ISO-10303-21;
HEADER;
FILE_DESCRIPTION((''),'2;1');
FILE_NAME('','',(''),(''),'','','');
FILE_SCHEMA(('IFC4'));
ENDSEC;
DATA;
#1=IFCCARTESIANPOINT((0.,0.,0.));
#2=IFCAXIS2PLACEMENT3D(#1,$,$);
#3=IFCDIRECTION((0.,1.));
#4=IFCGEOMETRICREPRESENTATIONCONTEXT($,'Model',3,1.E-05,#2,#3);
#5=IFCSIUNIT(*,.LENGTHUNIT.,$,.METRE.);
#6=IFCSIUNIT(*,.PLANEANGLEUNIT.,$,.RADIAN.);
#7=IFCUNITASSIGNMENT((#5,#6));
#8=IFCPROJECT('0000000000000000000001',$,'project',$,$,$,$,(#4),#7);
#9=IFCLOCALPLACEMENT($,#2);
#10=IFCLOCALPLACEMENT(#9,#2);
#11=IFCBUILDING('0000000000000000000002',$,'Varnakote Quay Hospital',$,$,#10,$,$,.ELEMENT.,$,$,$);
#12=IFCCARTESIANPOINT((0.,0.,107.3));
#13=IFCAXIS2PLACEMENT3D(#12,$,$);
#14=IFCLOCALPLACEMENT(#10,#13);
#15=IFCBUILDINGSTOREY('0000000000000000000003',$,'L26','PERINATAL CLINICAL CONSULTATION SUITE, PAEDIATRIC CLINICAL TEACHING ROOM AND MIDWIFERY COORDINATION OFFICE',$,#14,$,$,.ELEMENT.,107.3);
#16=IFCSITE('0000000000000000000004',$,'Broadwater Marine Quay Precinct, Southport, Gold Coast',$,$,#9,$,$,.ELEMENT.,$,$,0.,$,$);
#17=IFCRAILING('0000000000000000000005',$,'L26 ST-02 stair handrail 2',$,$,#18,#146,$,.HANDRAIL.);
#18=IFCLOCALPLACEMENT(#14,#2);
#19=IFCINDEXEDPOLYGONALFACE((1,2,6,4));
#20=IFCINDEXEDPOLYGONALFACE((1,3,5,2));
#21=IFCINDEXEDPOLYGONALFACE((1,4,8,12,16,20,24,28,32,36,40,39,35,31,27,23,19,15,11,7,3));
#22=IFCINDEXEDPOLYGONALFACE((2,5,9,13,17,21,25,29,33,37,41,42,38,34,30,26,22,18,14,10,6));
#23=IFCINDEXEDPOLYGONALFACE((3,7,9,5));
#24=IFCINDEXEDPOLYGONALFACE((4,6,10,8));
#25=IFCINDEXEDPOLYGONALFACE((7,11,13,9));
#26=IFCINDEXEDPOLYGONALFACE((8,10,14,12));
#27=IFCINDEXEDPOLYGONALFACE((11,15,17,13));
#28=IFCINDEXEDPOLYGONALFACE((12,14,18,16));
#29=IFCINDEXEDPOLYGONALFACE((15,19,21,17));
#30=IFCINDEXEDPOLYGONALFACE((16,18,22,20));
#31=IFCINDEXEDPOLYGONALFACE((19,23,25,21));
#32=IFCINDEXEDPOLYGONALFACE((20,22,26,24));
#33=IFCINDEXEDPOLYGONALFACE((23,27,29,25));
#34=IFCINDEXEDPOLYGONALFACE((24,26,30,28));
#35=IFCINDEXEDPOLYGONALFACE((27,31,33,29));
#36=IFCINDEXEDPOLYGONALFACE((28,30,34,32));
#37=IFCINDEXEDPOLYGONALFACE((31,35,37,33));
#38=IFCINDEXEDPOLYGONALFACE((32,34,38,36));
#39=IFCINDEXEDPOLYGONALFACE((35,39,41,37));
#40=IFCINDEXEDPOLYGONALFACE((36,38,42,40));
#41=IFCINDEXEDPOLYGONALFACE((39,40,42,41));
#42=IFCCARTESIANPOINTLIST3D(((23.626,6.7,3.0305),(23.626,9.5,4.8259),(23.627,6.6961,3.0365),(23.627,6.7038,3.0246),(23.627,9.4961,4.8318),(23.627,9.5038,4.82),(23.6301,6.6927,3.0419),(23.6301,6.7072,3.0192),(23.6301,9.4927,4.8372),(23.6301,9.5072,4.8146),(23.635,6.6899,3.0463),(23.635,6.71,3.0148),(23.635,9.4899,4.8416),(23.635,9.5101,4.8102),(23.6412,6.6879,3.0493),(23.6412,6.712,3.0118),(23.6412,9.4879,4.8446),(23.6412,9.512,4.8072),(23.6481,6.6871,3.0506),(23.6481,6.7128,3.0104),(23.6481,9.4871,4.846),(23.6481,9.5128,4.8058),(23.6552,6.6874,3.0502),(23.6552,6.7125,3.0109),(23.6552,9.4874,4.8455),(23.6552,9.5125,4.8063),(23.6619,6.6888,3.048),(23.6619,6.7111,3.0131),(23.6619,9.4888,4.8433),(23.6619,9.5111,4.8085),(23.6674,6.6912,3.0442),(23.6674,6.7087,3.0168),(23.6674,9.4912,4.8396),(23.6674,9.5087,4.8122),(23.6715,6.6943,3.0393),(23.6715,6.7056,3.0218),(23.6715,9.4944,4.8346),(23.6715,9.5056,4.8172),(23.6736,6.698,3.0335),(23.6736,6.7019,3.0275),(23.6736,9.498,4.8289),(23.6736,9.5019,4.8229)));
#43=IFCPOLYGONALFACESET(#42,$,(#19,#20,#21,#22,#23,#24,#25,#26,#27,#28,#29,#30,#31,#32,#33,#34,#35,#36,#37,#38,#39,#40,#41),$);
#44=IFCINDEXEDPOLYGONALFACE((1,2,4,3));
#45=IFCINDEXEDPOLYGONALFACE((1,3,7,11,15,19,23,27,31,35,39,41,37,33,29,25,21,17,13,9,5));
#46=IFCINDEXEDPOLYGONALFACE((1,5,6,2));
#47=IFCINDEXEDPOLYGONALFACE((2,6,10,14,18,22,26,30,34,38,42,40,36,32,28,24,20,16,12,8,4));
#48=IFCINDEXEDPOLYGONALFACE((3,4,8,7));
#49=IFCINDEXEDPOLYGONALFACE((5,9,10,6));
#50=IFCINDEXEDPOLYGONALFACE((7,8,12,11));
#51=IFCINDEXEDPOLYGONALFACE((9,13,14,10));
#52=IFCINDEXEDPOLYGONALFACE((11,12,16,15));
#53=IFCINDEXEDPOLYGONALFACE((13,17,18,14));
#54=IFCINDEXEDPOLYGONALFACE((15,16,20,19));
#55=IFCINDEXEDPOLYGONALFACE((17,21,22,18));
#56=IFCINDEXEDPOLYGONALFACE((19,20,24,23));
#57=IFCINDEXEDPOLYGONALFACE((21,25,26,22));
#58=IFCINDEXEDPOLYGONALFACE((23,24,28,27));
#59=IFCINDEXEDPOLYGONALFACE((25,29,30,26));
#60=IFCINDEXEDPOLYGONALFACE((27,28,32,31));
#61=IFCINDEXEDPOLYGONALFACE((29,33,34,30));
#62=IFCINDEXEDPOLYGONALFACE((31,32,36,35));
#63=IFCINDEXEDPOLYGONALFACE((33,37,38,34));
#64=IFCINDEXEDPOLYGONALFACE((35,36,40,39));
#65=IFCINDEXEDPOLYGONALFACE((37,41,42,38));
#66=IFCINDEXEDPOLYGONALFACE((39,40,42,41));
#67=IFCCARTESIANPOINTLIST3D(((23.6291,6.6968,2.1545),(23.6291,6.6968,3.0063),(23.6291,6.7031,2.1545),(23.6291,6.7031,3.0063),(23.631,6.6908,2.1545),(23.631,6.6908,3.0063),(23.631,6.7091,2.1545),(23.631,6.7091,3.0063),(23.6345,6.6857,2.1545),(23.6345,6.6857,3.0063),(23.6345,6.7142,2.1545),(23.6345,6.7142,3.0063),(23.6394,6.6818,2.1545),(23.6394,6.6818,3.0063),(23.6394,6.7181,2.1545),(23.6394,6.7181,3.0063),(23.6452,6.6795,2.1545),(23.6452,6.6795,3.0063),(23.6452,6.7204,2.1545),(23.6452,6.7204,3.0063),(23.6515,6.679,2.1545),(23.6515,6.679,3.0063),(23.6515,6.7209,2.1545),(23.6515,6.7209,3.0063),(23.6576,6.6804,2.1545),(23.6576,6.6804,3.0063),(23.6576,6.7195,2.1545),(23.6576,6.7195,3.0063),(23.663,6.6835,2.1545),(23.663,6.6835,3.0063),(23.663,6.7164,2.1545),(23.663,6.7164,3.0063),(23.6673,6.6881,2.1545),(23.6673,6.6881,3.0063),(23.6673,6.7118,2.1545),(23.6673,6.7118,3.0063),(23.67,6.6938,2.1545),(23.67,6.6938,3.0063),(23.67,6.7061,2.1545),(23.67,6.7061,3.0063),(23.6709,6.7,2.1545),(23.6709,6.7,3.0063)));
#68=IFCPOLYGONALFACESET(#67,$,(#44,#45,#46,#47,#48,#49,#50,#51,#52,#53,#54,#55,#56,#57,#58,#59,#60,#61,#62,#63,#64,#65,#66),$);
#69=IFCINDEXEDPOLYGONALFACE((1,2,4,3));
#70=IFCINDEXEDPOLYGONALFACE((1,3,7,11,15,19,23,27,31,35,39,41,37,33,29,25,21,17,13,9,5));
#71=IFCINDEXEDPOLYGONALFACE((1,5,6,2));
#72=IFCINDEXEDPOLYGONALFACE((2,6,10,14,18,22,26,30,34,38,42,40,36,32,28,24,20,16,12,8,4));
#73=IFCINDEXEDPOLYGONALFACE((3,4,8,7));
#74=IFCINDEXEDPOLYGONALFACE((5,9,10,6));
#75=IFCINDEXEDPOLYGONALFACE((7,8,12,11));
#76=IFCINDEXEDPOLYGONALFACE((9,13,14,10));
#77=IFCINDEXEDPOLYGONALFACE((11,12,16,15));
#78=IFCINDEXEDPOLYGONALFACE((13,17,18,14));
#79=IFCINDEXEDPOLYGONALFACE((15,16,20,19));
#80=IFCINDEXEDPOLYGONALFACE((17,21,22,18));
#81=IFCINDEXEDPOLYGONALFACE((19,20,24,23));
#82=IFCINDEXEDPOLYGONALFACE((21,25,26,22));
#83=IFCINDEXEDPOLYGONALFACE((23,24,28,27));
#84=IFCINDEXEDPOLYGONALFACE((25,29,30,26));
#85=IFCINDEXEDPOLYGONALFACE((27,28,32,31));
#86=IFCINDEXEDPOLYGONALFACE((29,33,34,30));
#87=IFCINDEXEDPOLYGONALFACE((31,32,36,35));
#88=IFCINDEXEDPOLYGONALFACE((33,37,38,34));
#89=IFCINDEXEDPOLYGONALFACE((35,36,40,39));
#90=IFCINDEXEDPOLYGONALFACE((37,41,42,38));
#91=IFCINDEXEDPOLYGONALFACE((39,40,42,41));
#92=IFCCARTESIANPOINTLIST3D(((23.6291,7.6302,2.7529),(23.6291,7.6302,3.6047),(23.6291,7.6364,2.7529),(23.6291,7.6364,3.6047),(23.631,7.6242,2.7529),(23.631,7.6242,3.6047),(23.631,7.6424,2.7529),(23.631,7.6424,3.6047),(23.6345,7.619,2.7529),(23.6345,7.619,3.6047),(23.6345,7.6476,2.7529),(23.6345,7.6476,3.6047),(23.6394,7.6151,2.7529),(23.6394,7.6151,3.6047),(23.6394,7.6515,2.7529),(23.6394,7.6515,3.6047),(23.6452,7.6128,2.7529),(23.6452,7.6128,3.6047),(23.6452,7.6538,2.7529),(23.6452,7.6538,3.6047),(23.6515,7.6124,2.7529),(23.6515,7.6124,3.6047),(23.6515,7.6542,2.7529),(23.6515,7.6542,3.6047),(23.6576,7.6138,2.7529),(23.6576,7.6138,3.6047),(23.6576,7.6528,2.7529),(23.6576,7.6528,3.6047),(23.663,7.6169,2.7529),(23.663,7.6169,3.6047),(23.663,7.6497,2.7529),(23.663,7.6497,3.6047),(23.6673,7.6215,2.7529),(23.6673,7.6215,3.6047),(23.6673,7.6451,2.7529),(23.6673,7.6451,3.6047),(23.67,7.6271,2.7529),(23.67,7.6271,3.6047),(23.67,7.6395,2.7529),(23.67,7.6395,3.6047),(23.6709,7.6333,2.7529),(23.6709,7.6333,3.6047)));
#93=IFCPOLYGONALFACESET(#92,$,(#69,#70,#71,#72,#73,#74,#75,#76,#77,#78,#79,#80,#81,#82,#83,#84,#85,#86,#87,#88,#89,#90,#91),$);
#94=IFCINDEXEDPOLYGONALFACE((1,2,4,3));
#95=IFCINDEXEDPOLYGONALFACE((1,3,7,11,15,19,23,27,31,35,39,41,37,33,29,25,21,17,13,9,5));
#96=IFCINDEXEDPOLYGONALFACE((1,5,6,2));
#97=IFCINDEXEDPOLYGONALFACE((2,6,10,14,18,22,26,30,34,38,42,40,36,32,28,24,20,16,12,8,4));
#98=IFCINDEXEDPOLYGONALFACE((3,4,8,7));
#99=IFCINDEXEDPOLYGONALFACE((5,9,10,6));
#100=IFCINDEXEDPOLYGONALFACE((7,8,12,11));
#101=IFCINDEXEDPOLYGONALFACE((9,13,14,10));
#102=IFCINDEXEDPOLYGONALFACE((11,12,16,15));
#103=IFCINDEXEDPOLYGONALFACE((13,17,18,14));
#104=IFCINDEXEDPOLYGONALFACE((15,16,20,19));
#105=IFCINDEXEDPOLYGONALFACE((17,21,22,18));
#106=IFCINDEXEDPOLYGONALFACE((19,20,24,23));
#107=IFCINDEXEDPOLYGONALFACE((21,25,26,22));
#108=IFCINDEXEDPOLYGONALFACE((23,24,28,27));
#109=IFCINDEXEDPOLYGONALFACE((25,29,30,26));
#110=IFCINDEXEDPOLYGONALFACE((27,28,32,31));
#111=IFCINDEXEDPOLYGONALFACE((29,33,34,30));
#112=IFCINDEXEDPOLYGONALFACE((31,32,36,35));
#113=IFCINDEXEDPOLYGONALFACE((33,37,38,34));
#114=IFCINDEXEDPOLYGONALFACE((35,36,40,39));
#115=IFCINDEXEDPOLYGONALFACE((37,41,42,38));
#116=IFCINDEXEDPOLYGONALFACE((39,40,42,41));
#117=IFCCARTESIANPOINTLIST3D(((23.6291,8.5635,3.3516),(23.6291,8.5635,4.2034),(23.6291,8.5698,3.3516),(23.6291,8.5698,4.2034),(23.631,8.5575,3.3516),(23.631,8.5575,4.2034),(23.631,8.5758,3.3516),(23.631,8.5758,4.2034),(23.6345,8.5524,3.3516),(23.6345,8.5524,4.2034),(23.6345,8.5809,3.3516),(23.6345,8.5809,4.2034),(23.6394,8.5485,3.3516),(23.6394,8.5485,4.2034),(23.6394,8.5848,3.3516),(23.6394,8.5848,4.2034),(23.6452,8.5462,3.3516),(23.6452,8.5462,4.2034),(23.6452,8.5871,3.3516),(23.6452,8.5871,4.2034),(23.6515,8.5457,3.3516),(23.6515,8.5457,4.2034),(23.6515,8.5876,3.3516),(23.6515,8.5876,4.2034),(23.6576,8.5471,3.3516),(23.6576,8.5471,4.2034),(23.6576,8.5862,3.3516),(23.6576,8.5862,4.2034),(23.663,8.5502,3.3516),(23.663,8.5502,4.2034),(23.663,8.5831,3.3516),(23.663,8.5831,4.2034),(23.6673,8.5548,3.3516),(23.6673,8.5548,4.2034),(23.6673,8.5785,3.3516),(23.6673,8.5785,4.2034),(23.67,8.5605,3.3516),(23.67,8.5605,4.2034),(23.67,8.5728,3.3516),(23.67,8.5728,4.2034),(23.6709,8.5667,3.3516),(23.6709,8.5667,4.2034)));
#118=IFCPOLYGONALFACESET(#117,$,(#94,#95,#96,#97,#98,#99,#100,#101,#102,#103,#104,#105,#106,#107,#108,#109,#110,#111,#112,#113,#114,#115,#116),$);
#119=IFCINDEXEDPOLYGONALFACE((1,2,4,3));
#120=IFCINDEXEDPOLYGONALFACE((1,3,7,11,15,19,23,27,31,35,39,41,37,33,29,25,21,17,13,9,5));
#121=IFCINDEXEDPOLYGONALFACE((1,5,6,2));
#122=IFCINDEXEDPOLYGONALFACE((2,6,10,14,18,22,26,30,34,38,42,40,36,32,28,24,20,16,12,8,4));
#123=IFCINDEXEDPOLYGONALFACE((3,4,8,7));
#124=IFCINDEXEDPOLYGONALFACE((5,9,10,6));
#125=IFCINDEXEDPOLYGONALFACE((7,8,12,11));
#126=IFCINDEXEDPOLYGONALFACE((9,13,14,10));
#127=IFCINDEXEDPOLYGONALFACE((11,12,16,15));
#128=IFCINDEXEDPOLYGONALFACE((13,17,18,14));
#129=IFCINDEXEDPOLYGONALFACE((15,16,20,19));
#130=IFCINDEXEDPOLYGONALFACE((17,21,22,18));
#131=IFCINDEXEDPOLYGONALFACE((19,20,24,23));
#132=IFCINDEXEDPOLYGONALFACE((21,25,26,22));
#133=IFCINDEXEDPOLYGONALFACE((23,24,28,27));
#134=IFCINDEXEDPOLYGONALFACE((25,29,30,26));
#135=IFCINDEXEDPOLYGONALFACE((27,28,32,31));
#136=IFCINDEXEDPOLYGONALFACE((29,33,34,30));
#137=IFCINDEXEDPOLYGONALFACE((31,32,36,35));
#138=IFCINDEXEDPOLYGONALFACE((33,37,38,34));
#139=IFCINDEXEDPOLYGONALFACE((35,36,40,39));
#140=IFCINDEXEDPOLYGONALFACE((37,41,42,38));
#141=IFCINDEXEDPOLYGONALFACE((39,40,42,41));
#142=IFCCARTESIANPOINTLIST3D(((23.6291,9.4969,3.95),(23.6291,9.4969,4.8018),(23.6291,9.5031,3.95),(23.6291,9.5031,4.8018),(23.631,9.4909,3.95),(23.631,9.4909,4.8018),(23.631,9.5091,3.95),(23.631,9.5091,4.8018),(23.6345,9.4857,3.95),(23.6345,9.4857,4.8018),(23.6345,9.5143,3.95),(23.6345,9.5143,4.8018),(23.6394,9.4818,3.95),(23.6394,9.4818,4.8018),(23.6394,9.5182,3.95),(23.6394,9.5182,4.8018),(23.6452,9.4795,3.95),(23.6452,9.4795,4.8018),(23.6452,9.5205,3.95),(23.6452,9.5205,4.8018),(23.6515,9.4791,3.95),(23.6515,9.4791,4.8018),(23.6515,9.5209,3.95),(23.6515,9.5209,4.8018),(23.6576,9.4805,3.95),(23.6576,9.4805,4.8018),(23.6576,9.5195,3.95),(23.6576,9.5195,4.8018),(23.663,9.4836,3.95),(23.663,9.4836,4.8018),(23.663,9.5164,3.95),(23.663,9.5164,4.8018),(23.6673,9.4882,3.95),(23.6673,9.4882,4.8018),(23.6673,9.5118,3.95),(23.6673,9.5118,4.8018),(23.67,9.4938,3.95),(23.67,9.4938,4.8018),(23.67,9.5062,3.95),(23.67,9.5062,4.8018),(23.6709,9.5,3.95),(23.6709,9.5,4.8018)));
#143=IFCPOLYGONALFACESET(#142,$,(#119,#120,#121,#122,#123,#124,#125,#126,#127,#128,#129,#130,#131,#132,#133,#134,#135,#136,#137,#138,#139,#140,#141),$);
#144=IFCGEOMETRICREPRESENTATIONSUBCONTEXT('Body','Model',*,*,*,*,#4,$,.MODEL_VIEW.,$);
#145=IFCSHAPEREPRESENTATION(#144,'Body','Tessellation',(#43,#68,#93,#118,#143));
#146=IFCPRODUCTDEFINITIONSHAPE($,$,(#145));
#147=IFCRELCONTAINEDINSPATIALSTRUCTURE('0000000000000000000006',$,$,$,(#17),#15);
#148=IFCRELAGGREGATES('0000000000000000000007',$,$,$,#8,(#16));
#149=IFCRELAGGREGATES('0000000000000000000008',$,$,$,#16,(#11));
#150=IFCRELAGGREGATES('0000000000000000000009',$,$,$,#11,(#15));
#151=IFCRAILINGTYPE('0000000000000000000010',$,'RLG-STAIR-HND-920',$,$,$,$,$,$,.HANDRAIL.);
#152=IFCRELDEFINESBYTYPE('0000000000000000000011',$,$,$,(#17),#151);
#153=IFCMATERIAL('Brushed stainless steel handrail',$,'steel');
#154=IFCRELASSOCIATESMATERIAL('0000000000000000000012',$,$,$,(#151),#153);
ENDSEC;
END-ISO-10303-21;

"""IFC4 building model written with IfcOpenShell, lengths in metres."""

from ifc_helpers import new_model, si_unit, direction, frame, origin, origin_2d, place, context, subcontext, project, spatial, circle, extrude, material, type_object, element, save


model = new_model("IFC4")

# Units and contexts
model_context = context("Model", 3, precision=1e-05, world=origin(), true_north=direction((0.0, 1.0)))
body_context = subcontext(model_context, "Body", "Model", "MODEL_VIEW")
ifc_project = project(units=[si_unit("LENGTHUNIT", "METRE"), si_unit("PLANEANGLEUNIT", "RADIAN")], contexts=[model_context])

# Site, building, storey
site_placement = place(None, origin())
site = spatial("IfcSite", under=ifc_project, at=site_placement, Name="Broadwater Marine Quay Precinct, Southport, Gold Coast", CompositionType="ELEMENT", RefElevation=0.0)
building_placement = place(site_placement, origin())
building = spatial("IfcBuilding", under=site, at=building_placement, Name="Varnakote Quay Hospital", CompositionType="ELEMENT")
storey_placement = place(building_placement, frame((0.0, 0.0, 107.3)))
storey = spatial("IfcBuildingStorey", under=building, at=storey_placement, Name="L26", Description="PERINATAL CLINICAL CONSULTATION SUITE, PAEDIATRIC CLINICAL TEACHING ROOM AND MIDWIFERY COORDINATION OFFICE", CompositionType="ELEMENT", Elevation=107.3)

# Railing
ifc_material_1 = material(Name="Brushed stainless steel handrail", Category="steel")
railing_type_1 = type_object("IfcRailingType", Name="RLG-STAIR-HND-920", PredefinedType="HANDRAIL", material=ifc_material_1)
railing_1_placement = place(storey_placement, frame((23.6499, 6.7, 2.1545)))
element("IfcRailing", 1, at=railing_1_placement, inside=storey, type_object=railing_type_1, Name="L26 ST-02 stair handrail 2", PredefinedType="HANDRAIL", context=body_context, shape_type="SweptSolid", body=[
    extrude(circle(Radius=0.0239, at=origin_2d()), frame((0.0, 0.0, 0.876), z_axis=(0.0, 0.84181, 0.539774), x_axis=(-1.0, 0.0, 0.0)), (0.0, 0.0, 1.0), 3.3262),
    extrude(circle(Radius=0.021, at=origin_2d()), origin(), (0.0, 0.0, 1.0), 0.8518),
    extrude(circle(Radius=0.021, at=origin_2d()), frame((0.0, 0.9333, 0.5984)), (0.0, 0.0, 1.0), 0.8518),
    extrude(circle(Radius=0.021, at=origin_2d()), frame((0.0, 1.8667, 1.197)), (0.0, 0.0, 1.0), 0.8518),
    extrude(circle(Radius=0.021, at=origin_2d()), frame((0.0, 2.8, 1.7954)), (0.0, 0.0, 1.0), 0.8518),
])

save(model, "model.ifc")
